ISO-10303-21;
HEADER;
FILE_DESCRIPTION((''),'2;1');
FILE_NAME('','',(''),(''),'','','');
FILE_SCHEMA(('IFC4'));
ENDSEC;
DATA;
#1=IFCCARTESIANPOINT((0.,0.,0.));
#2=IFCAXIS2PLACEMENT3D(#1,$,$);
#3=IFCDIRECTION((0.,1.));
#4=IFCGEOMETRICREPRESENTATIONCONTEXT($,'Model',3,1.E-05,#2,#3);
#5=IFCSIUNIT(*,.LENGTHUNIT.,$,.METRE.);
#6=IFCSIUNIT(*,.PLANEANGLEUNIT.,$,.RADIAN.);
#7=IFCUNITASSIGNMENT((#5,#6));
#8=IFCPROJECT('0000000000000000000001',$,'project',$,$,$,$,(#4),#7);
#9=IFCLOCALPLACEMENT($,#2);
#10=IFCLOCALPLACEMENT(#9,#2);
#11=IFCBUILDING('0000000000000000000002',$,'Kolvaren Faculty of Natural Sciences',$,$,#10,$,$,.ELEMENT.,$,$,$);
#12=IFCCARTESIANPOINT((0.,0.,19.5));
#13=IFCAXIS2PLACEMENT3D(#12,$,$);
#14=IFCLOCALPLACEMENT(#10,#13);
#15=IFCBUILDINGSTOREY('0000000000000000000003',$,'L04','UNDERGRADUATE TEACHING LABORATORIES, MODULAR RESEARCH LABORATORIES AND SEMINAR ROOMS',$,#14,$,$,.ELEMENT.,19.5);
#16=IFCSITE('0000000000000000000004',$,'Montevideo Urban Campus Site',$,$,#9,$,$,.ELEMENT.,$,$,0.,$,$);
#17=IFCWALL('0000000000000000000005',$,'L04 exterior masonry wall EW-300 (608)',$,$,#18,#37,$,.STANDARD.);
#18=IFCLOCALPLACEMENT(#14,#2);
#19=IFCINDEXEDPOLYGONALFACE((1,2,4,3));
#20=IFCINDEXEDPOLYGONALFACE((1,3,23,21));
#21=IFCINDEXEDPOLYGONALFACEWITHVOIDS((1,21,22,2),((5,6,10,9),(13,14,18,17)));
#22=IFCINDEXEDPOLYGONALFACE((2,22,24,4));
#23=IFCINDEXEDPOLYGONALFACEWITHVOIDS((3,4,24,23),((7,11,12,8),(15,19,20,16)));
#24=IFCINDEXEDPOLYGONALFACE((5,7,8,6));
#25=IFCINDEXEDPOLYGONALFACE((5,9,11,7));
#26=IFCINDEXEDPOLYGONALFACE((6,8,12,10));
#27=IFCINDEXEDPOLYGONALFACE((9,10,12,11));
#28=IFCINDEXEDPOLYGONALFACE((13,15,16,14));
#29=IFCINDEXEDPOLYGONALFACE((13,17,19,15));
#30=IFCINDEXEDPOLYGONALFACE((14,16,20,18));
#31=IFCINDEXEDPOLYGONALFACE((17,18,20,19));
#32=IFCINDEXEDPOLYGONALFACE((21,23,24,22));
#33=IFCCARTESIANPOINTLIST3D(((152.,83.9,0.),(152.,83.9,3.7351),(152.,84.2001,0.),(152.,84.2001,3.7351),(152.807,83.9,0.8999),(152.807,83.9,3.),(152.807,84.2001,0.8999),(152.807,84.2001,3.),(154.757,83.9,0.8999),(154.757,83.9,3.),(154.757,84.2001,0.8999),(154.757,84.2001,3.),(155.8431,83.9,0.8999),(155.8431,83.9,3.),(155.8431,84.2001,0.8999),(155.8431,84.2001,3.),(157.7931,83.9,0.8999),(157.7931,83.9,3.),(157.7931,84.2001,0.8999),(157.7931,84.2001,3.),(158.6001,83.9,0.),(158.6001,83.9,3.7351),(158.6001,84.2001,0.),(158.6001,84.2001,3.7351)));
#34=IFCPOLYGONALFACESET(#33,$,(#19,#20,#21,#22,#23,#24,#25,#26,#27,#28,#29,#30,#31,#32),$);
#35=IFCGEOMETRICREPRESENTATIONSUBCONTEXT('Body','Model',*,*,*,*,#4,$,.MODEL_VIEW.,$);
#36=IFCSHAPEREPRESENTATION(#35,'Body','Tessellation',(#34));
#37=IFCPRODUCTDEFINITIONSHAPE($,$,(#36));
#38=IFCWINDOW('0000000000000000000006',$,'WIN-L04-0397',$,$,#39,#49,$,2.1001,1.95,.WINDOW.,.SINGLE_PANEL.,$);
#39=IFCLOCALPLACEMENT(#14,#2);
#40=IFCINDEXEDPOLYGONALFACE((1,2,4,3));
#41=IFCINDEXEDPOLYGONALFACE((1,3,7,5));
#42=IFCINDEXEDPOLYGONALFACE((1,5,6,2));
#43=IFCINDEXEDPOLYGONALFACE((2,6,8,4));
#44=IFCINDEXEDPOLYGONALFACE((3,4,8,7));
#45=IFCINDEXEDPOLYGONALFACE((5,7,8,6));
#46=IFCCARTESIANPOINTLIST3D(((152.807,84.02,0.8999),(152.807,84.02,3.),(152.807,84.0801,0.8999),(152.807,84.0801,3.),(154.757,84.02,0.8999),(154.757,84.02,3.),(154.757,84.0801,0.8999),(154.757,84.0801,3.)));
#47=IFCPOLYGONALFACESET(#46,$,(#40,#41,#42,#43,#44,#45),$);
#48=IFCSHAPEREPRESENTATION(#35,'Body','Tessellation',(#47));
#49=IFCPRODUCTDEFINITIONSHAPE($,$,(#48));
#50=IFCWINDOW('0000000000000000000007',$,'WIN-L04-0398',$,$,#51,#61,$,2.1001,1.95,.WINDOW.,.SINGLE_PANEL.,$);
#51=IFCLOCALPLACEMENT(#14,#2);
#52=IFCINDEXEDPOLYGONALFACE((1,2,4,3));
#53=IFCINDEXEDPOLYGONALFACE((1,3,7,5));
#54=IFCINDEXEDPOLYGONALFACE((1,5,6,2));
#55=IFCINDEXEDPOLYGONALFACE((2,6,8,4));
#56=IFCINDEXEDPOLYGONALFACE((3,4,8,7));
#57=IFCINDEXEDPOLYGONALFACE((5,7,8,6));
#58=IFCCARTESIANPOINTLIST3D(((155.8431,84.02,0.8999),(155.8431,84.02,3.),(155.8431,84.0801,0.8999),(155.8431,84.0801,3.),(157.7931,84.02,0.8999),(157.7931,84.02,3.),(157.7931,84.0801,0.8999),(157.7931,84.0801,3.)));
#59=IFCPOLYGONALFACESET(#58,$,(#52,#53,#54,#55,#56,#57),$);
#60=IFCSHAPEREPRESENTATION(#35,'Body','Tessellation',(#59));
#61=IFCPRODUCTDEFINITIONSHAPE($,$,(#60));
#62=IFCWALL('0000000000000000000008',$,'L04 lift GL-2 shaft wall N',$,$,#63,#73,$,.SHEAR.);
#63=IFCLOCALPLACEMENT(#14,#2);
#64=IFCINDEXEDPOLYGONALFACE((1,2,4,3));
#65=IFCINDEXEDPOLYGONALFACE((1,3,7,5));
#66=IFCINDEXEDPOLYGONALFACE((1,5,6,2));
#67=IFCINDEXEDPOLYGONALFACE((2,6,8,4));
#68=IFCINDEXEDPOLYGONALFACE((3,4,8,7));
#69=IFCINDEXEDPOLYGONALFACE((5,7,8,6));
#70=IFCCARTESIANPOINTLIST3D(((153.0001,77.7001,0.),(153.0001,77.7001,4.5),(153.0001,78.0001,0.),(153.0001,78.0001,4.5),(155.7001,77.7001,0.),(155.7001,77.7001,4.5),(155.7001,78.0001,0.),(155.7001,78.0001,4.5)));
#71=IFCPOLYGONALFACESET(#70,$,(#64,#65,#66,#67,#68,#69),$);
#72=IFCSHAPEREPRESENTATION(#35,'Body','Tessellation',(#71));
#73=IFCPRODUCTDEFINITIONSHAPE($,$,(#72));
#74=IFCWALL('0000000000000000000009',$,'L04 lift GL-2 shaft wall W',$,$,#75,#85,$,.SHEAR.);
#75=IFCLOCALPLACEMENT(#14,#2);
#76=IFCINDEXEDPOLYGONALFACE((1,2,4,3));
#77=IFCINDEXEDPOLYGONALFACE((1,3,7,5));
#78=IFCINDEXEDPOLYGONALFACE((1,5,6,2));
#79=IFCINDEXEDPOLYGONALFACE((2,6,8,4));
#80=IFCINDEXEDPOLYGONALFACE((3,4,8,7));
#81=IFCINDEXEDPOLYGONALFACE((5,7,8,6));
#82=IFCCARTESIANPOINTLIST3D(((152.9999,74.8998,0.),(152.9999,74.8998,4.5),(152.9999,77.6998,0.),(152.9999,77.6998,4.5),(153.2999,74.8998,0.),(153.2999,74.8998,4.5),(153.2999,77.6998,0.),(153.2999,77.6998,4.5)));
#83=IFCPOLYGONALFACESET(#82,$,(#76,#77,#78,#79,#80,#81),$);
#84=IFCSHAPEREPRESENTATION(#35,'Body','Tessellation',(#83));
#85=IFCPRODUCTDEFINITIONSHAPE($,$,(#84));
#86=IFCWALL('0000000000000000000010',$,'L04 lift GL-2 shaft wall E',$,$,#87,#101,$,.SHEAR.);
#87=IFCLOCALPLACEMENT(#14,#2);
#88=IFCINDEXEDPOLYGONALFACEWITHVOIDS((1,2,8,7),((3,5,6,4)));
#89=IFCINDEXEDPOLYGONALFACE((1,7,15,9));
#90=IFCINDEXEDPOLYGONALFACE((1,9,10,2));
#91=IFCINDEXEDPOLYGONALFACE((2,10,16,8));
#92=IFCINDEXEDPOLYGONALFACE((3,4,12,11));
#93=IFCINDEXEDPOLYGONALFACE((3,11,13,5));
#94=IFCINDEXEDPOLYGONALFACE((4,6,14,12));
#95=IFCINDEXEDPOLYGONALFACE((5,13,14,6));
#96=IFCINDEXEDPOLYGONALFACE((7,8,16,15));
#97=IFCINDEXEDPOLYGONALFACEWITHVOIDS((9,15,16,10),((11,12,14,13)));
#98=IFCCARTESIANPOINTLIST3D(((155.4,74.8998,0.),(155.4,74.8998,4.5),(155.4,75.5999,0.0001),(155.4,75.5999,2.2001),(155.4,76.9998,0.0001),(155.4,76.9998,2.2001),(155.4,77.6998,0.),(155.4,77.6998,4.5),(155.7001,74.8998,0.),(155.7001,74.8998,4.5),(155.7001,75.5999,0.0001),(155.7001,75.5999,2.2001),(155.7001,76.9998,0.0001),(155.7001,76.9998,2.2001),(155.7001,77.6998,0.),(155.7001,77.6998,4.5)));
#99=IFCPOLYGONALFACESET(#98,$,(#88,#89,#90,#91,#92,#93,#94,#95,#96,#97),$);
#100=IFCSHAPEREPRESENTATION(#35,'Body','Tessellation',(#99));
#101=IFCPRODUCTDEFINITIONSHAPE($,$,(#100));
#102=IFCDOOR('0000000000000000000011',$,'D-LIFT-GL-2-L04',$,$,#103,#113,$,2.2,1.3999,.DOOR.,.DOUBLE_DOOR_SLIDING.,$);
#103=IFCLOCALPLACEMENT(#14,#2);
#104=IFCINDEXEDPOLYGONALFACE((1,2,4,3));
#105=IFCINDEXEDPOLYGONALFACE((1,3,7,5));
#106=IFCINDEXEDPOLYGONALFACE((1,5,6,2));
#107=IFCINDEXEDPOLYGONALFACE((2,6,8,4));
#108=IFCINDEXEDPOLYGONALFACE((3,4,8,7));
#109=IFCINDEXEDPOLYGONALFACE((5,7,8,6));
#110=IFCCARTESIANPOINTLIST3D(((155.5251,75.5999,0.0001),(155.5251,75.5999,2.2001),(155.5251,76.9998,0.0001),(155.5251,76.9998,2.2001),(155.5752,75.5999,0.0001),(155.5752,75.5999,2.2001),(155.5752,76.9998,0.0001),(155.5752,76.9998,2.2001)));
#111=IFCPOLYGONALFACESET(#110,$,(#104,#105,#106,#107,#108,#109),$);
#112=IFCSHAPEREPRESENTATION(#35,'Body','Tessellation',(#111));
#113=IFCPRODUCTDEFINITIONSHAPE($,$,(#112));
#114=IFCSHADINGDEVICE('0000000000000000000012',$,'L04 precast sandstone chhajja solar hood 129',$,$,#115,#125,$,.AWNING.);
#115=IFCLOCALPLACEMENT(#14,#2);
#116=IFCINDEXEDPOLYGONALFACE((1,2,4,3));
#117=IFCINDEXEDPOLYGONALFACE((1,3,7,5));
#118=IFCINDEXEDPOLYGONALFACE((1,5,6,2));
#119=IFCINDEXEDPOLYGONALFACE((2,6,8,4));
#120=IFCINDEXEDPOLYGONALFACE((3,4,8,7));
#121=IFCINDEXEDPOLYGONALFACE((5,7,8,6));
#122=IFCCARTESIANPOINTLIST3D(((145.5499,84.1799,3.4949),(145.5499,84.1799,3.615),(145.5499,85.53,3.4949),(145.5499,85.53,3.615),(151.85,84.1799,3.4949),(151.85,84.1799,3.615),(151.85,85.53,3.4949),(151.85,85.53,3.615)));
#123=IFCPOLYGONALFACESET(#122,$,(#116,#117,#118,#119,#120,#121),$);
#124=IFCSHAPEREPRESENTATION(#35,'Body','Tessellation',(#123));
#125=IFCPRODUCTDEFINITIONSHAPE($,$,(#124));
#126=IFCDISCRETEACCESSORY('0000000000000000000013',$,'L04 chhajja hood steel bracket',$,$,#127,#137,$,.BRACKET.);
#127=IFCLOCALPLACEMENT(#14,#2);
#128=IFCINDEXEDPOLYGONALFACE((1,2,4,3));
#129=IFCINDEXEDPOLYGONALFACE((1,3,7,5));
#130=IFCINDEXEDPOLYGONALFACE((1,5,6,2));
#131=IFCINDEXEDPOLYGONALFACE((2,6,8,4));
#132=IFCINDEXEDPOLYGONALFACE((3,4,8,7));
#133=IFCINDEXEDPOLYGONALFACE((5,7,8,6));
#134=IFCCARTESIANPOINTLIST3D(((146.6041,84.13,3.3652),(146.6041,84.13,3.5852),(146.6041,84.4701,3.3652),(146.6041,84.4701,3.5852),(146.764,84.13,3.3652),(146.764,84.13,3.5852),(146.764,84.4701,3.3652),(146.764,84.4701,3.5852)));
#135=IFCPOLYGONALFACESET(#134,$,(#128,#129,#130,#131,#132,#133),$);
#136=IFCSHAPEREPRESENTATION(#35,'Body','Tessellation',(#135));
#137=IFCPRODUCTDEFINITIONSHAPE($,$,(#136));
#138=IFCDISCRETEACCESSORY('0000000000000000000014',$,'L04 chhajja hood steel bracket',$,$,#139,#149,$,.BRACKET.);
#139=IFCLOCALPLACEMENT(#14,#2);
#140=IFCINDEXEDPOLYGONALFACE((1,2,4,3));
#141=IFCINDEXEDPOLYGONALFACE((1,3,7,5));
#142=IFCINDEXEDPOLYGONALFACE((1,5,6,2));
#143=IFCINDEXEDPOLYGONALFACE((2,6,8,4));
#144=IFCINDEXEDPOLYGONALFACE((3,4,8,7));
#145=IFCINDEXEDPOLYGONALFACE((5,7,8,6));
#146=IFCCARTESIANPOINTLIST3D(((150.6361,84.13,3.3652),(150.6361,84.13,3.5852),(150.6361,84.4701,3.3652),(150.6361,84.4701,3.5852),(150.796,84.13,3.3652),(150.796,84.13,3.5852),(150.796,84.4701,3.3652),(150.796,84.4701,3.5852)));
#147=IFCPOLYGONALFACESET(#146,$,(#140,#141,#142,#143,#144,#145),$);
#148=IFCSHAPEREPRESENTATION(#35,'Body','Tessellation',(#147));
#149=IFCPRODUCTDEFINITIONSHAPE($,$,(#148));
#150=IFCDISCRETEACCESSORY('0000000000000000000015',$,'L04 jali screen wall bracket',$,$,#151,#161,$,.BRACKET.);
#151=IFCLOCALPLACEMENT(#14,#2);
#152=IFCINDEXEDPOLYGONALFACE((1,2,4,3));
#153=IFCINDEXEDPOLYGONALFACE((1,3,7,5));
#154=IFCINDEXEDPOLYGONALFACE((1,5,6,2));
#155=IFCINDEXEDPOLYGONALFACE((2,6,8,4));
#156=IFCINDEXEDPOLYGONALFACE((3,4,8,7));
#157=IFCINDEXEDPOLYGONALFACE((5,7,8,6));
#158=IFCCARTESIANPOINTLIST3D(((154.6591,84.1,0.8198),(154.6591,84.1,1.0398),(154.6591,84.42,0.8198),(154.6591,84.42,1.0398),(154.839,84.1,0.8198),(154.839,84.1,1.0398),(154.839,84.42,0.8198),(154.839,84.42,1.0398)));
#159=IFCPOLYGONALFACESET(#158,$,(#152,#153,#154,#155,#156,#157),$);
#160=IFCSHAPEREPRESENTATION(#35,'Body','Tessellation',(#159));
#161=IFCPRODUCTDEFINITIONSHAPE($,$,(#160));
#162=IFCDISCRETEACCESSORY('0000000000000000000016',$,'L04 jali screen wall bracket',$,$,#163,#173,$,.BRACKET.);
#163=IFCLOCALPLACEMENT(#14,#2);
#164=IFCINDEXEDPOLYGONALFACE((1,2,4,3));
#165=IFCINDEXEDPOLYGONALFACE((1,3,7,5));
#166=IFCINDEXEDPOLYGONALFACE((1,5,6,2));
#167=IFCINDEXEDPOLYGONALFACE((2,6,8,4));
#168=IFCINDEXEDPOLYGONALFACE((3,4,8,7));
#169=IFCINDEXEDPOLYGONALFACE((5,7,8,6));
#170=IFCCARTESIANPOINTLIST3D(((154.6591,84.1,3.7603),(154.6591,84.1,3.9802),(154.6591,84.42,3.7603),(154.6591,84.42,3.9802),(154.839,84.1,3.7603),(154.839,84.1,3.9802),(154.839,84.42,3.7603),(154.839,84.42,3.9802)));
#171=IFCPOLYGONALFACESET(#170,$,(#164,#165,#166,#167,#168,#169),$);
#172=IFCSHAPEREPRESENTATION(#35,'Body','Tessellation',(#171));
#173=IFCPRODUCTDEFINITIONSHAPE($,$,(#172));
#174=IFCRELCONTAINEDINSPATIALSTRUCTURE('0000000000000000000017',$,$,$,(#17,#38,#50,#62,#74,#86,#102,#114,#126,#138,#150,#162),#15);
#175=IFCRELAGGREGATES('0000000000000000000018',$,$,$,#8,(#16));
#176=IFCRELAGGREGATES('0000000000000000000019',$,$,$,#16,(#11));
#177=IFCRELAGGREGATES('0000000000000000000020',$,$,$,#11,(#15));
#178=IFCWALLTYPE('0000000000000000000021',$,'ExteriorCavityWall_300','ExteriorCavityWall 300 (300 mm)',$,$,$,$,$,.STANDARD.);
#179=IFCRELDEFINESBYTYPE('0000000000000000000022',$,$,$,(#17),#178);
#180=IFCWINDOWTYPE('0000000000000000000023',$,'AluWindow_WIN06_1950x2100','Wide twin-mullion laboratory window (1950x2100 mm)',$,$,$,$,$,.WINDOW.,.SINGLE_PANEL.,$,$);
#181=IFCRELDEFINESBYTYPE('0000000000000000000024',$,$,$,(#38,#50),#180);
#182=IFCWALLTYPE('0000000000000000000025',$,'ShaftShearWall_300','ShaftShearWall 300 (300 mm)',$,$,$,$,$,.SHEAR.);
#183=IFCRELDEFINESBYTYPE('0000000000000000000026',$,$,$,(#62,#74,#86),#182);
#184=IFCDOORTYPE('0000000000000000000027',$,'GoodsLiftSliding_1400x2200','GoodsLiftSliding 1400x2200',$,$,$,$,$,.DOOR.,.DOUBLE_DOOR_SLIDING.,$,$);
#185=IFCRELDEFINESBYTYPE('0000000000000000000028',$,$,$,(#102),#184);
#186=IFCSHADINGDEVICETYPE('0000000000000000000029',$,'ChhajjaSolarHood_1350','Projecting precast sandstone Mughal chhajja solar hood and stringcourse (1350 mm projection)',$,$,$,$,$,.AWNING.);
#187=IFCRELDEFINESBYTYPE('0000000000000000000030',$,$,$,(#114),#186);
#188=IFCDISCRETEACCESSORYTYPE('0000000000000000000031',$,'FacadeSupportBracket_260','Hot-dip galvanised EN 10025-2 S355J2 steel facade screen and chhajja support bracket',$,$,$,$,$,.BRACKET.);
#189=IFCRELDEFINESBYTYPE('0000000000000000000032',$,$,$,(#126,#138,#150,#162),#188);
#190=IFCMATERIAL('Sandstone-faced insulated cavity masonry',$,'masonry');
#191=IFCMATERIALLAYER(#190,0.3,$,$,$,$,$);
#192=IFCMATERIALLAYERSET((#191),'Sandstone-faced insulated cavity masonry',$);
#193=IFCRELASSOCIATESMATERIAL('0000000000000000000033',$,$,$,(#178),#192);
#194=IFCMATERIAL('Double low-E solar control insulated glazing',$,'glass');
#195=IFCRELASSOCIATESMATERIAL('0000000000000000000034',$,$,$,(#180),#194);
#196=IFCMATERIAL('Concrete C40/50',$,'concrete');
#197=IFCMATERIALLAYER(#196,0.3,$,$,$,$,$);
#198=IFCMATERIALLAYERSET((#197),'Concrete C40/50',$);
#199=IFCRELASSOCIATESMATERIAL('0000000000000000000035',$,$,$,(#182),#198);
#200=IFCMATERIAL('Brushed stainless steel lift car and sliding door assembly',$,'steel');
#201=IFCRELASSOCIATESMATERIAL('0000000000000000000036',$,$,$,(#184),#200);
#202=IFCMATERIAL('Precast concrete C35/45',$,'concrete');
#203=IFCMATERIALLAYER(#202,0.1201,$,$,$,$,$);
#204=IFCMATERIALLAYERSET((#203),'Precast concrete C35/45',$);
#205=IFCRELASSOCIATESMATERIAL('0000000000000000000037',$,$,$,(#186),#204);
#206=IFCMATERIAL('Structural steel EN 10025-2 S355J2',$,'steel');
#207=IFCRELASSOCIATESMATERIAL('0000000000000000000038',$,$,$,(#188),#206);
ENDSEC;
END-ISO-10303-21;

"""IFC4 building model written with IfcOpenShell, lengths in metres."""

from ifc_helpers import new_model, si_unit, direction, frame, frame_2d, origin, origin_2d, place, context, subcontext, project, spatial, rectangle, extrude, material, layer, layer_set, type_object, element, fill, save


model = new_model("IFC4")

# Units and contexts
model_context = context("Model", 3, precision=1e-05, world=origin(), true_north=direction((0.0, 1.0)))
body_context = subcontext(model_context, "Body", "Model", "MODEL_VIEW")
ifc_project = project(units=[si_unit("LENGTHUNIT", "METRE"), si_unit("PLANEANGLEUNIT", "RADIAN")], contexts=[model_context])

# Site, building, storey
site_placement = place(None, origin())
site = spatial("IfcSite", under=ifc_project, at=site_placement, Name="Montevideo Urban Campus Site", CompositionType="ELEMENT", RefElevation=0.0)
building_placement = place(site_placement, origin())
building = spatial("IfcBuilding", under=site, at=building_placement, Name="Kolvaren Faculty of Natural Sciences", CompositionType="ELEMENT")
storey_placement = place(building_placement, frame((0.0, 0.0, 19.5)))
storey = spatial("IfcBuildingStorey", under=building, at=storey_placement, Name="L04", Description="UNDERGRADUATE TEACHING LABORATORIES, MODULAR RESEARCH LABORATORIES AND SEMINAR ROOMS", CompositionType="ELEMENT", Elevation=19.5)

# Shared definitions
ifc_material_1 = material(Name="Concrete C40/50", Category="concrete")

# Wall, openings, windows
ifc_material_2 = material(Name="Sandstone-faced insulated cavity masonry", Category="masonry")
ifc_layer_1 = layer(ifc_material_2, 0.3)
ifc_layer_set_1 = layer_set([ifc_layer_1], Name="Sandstone-faced insulated cavity masonry")
wall_type_1 = type_object("IfcWallType", Name="ExteriorCavityWall_300", Description="ExteriorCavityWall 300 (300 mm)", PredefinedType="STANDARD", material=ifc_layer_set_1)
wall_1_placement = place(storey_placement, frame((152.0, 84.05, 0.0), z_axis=(0.0, 0.0, 1.0), x_axis=(1.0, 0.0, 0.0)))
wall_1 = element("IfcWall", 1, at=wall_1_placement, inside=storey, type_object=wall_type_1, Name="L04 exterior masonry wall EW-300 (608)", PredefinedType="STANDARD", context=body_context, shape_type="SweptSolid", body=[
    extrude(rectangle(XDim=6.6001, YDim=0.3, at=frame_2d((3.3, 0.0))), origin(), (0.0, 0.0, 1.0), 3.7351),
])
opening_1_placement = place(wall_1_placement, frame((0.8069, 0.0, 0.8999)))
opening_1 = element("IfcOpeningElement", 2, at=opening_1_placement, cuts=wall_1, PredefinedType="OPENING", context=body_context, shape_type="SweptSolid", body=[
    extrude(rectangle(XDim=1.95, YDim=2.1001, at=frame_2d((0.9751, 1.05))), frame((0.0, 0.1599, 0.0), z_axis=(0.0, -1.0, 0.0), x_axis=(1.0, 0.0, 0.0)), (0.0, 0.0, 1.0), 0.3201),
])
opening_2_placement = place(wall_1_placement, frame((3.843, 0.0, 0.8999)))
opening_2 = element("IfcOpeningElement", 3, at=opening_2_placement, cuts=wall_1, PredefinedType="OPENING", context=body_context, shape_type="SweptSolid", body=[
    extrude(rectangle(XDim=1.95, YDim=2.1001, at=frame_2d((0.9751, 1.05))), frame((0.0, 0.1599, 0.0), z_axis=(0.0, -1.0, 0.0), x_axis=(1.0, 0.0, 0.0)), (0.0, 0.0, 1.0), 0.3201),
])
ifc_material_3 = material(Name="Double low-E solar control insulated glazing", Category="glass")
window_type = type_object("IfcWindowType", Name="AluWindow_WIN06_1950x2100", Description="Wide twin-mullion laboratory window (1950x2100 mm)", PartitioningType="SINGLE_PANEL", PredefinedType="WINDOW", material=ifc_material_3)
window_1_placement = place(opening_1_placement, origin())
window_1 = element("IfcWindow", 4, at=window_1_placement, inside=storey, type_object=window_type, Name="WIN-L04-0397", OverallHeight=2.1001, OverallWidth=1.95, PartitioningType="SINGLE_PANEL", PredefinedType="WINDOW", context=body_context, shape_type="SweptSolid", body=[
    extrude(rectangle(XDim=1.95, YDim=2.1001, at=frame_2d((0.9751, 1.05))), frame((0.0, 0.03, 0.0), z_axis=(0.0, -1.0, 0.0), x_axis=(1.0, 0.0, 0.0)), (0.0, 0.0, 1.0), 0.0601),
])
fill(opening_1, window_1)
window_2_placement = place(opening_2_placement, origin())
window_2 = element("IfcWindow", 5, at=window_2_placement, inside=storey, type_object=window_type, Name="WIN-L04-0398", OverallHeight=2.1001, OverallWidth=1.95, PartitioningType="SINGLE_PANEL", PredefinedType="WINDOW", context=body_context, shape_type="SweptSolid", body=[
    extrude(rectangle(XDim=1.95, YDim=2.1001, at=frame_2d((0.9751, 1.05))), frame((0.0, 0.03, 0.0), z_axis=(0.0, -1.0, 0.0), x_axis=(1.0, 0.0, 0.0)), (0.0, 0.0, 1.0), 0.0601),
])
fill(opening_2, window_2)

# Walls
ifc_layer_2 = layer(ifc_material_1, 0.3)
ifc_layer_set_2 = layer_set([ifc_layer_2], Name="Concrete C40/50")
wall_type_2 = type_object("IfcWallType", Name="ShaftShearWall_300", Description="ShaftShearWall 300 (300 mm)", PredefinedType="SHEAR", material=ifc_layer_set_2)
wall_2_placement = place(storey_placement, frame((153.0, 77.8501, 0.0), z_axis=(0.0, 0.0, 1.0), x_axis=(1.0, 0.0, 0.0)))
element("IfcWall", 6, at=wall_2_placement, inside=storey, type_object=wall_type_2, Name="L04 lift GL-2 shaft wall N", PredefinedType="SHEAR", context=body_context, shape_type="SweptSolid", body=[
    extrude(rectangle(XDim=2.7, YDim=0.3, at=frame_2d((1.3501, 0.0))), origin(), (0.0, 0.0, 1.0), 4.5),
])
wall_3_placement = place(storey_placement, frame((153.1499, 74.8999, 0.0), z_axis=(0.0, 0.0, 1.0), x_axis=(0.0, 1.0, 0.0)))
element("IfcWall", 7, at=wall_3_placement, inside=storey, type_object=wall_type_2, Name="L04 lift GL-2 shaft wall W", PredefinedType="SHEAR", context=body_context, shape_type="SweptSolid", body=[
    extrude(rectangle(XDim=2.8, YDim=0.3, at=frame_2d((1.3999, 0.0))), origin(), (0.0, 0.0, 1.0), 4.5),
])

# Wall, opening, door
wall_4_placement = place(storey_placement, frame((155.55, 74.8999, 0.0), z_axis=(0.0, 0.0, 1.0), x_axis=(0.0, 1.0, 0.0)))
wall_4 = element("IfcWall", 8, at=wall_4_placement, inside=storey, type_object=wall_type_2, Name="L04 lift GL-2 shaft wall E", PredefinedType="SHEAR", context=body_context, shape_type="SweptSolid", body=[
    extrude(rectangle(XDim=2.8, YDim=0.3, at=frame_2d((1.3999, 0.0))), origin(), (0.0, 0.0, 1.0), 4.5),
])
opening_3_placement = place(wall_4_placement, frame((0.7, 0.0, 0.0)))
opening_3 = element("IfcOpeningElement", 9, at=opening_3_placement, cuts=wall_4, PredefinedType="OPENING", context=body_context, shape_type="SweptSolid", body=[
    extrude(rectangle(XDim=1.3999, YDim=2.2, at=frame_2d((0.7, 1.1001))), frame((0.0, 0.1599, 0.0), z_axis=(0.0, -1.0, 0.0), x_axis=(1.0, 0.0, 0.0)), (0.0, 0.0, 1.0), 0.3201),
])
ifc_material_4 = material(Name="Brushed stainless steel lift car and sliding door assembly", Category="steel")
door_type_1 = type_object("IfcDoorType", Name="GoodsLiftSliding_1400x2200", Description="GoodsLiftSliding 1400x2200", OperationType="DOUBLE_DOOR_SLIDING", PredefinedType="DOOR", material=ifc_material_4)
door_1_placement = place(opening_3_placement, origin())
door_1 = element("IfcDoor", 10, at=door_1_placement, inside=storey, type_object=door_type_1, Name="D-LIFT-GL-2-L04", OperationType="DOUBLE_DOOR_SLIDING", OverallHeight=2.2, OverallWidth=1.3999, PredefinedType="DOOR", context=body_context, shape_type="SweptSolid", body=[
    extrude(rectangle(XDim=1.3999, YDim=2.2, at=frame_2d((0.7, 1.1001))), frame((0.0, 0.0249, 0.0), z_axis=(0.0, -1.0, 0.0), x_axis=(1.0, 0.0, 0.0)), (0.0, 0.0, 1.0), 0.05),
])
fill(opening_3, door_1)

# Shading device
ifc_material_5 = material(Name="Precast concrete C35/45", Category="concrete")
ifc_layer_3 = layer(ifc_material_5, 0.1201)
ifc_layer_set_3 = layer_set([ifc_layer_3], Name="Precast concrete C35/45")
shading_device_type = type_object("IfcShadingDeviceType", Name="ChhajjaSolarHood_1350", Description="Projecting precast sandstone Mughal chhajja solar hood and stringcourse (1350 mm projection)", PredefinedType="AWNING", material=ifc_layer_set_3)
shading_device_placement = place(storey_placement, frame((148.7, 84.855, 3.4949), z_axis=(0.0, 0.0, 1.0), x_axis=(1.0, 0.0, 0.0)))
element("IfcShadingDevice", 11, at=shading_device_placement, inside=storey, type_object=shading_device_type, Name="L04 precast sandstone chhajja solar hood 129", PredefinedType="AWNING", context=body_context, shape_type="SweptSolid", body=[
    extrude(rectangle(XDim=6.3, YDim=1.3501, at=origin_2d()), origin(), (0.0, 0.0, 1.0), 0.1201),
])

# Discrete accessories
ifc_material_6 = material(Name="Structural steel EN 10025-2 S355J2", Category="steel")
discrete_accessory_type = type_object("IfcDiscreteAccessoryType", Name="FacadeSupportBracket_260", Description="Hot-dip galvanised EN 10025-2 S355J2 steel facade screen and chhajja support bracket", PredefinedType="BRACKET", material=ifc_material_6)
for number, where, z_axis, x_axis, name in (
    (12, (146.6841, 84.3, 3.3652), (0.0, 0.0, 1.0), (1.0, 0.0, 0.0), "L04 chhajja hood steel bracket"),
    (13, (150.7161, 84.3, 3.3652), (0.0, 0.0, 1.0), (1.0, 0.0, 0.0), "L04 chhajja hood steel bracket"),
):
    element("IfcDiscreteAccessory", number, at=place(storey_placement, frame(where, z_axis=z_axis, x_axis=x_axis)), inside=storey, type_object=discrete_accessory_type, Name=name, PredefinedType="BRACKET", context=body_context, shape_type="SweptSolid", body=[
        extrude(rectangle(XDim=0.1599, YDim=0.3401, at=origin_2d()), origin(), (0.0, 0.0, 1.0), 0.22),
    ])
for number, where, z_axis, x_axis, name in (
    (14, (154.749, 84.26, 0.8198), (0.0, 0.0, 1.0), (1.0, 0.0, 0.0), "L04 jali screen wall bracket"),
    (15, (154.749, 84.26, 3.7603), (0.0, 0.0, 1.0), (1.0, 0.0, 0.0), "L04 jali screen wall bracket"),
):
    element("IfcDiscreteAccessory", number, at=place(storey_placement, frame(where, z_axis=z_axis, x_axis=x_axis)), inside=storey, type_object=discrete_accessory_type, Name=name, PredefinedType="BRACKET", context=body_context, shape_type="SweptSolid", body=[
        extrude(rectangle(XDim=0.1799, YDim=0.3201, at=origin_2d()), origin(), (0.0, 0.0, 1.0), 0.22),
    ])

save(model, "model.ifc")
